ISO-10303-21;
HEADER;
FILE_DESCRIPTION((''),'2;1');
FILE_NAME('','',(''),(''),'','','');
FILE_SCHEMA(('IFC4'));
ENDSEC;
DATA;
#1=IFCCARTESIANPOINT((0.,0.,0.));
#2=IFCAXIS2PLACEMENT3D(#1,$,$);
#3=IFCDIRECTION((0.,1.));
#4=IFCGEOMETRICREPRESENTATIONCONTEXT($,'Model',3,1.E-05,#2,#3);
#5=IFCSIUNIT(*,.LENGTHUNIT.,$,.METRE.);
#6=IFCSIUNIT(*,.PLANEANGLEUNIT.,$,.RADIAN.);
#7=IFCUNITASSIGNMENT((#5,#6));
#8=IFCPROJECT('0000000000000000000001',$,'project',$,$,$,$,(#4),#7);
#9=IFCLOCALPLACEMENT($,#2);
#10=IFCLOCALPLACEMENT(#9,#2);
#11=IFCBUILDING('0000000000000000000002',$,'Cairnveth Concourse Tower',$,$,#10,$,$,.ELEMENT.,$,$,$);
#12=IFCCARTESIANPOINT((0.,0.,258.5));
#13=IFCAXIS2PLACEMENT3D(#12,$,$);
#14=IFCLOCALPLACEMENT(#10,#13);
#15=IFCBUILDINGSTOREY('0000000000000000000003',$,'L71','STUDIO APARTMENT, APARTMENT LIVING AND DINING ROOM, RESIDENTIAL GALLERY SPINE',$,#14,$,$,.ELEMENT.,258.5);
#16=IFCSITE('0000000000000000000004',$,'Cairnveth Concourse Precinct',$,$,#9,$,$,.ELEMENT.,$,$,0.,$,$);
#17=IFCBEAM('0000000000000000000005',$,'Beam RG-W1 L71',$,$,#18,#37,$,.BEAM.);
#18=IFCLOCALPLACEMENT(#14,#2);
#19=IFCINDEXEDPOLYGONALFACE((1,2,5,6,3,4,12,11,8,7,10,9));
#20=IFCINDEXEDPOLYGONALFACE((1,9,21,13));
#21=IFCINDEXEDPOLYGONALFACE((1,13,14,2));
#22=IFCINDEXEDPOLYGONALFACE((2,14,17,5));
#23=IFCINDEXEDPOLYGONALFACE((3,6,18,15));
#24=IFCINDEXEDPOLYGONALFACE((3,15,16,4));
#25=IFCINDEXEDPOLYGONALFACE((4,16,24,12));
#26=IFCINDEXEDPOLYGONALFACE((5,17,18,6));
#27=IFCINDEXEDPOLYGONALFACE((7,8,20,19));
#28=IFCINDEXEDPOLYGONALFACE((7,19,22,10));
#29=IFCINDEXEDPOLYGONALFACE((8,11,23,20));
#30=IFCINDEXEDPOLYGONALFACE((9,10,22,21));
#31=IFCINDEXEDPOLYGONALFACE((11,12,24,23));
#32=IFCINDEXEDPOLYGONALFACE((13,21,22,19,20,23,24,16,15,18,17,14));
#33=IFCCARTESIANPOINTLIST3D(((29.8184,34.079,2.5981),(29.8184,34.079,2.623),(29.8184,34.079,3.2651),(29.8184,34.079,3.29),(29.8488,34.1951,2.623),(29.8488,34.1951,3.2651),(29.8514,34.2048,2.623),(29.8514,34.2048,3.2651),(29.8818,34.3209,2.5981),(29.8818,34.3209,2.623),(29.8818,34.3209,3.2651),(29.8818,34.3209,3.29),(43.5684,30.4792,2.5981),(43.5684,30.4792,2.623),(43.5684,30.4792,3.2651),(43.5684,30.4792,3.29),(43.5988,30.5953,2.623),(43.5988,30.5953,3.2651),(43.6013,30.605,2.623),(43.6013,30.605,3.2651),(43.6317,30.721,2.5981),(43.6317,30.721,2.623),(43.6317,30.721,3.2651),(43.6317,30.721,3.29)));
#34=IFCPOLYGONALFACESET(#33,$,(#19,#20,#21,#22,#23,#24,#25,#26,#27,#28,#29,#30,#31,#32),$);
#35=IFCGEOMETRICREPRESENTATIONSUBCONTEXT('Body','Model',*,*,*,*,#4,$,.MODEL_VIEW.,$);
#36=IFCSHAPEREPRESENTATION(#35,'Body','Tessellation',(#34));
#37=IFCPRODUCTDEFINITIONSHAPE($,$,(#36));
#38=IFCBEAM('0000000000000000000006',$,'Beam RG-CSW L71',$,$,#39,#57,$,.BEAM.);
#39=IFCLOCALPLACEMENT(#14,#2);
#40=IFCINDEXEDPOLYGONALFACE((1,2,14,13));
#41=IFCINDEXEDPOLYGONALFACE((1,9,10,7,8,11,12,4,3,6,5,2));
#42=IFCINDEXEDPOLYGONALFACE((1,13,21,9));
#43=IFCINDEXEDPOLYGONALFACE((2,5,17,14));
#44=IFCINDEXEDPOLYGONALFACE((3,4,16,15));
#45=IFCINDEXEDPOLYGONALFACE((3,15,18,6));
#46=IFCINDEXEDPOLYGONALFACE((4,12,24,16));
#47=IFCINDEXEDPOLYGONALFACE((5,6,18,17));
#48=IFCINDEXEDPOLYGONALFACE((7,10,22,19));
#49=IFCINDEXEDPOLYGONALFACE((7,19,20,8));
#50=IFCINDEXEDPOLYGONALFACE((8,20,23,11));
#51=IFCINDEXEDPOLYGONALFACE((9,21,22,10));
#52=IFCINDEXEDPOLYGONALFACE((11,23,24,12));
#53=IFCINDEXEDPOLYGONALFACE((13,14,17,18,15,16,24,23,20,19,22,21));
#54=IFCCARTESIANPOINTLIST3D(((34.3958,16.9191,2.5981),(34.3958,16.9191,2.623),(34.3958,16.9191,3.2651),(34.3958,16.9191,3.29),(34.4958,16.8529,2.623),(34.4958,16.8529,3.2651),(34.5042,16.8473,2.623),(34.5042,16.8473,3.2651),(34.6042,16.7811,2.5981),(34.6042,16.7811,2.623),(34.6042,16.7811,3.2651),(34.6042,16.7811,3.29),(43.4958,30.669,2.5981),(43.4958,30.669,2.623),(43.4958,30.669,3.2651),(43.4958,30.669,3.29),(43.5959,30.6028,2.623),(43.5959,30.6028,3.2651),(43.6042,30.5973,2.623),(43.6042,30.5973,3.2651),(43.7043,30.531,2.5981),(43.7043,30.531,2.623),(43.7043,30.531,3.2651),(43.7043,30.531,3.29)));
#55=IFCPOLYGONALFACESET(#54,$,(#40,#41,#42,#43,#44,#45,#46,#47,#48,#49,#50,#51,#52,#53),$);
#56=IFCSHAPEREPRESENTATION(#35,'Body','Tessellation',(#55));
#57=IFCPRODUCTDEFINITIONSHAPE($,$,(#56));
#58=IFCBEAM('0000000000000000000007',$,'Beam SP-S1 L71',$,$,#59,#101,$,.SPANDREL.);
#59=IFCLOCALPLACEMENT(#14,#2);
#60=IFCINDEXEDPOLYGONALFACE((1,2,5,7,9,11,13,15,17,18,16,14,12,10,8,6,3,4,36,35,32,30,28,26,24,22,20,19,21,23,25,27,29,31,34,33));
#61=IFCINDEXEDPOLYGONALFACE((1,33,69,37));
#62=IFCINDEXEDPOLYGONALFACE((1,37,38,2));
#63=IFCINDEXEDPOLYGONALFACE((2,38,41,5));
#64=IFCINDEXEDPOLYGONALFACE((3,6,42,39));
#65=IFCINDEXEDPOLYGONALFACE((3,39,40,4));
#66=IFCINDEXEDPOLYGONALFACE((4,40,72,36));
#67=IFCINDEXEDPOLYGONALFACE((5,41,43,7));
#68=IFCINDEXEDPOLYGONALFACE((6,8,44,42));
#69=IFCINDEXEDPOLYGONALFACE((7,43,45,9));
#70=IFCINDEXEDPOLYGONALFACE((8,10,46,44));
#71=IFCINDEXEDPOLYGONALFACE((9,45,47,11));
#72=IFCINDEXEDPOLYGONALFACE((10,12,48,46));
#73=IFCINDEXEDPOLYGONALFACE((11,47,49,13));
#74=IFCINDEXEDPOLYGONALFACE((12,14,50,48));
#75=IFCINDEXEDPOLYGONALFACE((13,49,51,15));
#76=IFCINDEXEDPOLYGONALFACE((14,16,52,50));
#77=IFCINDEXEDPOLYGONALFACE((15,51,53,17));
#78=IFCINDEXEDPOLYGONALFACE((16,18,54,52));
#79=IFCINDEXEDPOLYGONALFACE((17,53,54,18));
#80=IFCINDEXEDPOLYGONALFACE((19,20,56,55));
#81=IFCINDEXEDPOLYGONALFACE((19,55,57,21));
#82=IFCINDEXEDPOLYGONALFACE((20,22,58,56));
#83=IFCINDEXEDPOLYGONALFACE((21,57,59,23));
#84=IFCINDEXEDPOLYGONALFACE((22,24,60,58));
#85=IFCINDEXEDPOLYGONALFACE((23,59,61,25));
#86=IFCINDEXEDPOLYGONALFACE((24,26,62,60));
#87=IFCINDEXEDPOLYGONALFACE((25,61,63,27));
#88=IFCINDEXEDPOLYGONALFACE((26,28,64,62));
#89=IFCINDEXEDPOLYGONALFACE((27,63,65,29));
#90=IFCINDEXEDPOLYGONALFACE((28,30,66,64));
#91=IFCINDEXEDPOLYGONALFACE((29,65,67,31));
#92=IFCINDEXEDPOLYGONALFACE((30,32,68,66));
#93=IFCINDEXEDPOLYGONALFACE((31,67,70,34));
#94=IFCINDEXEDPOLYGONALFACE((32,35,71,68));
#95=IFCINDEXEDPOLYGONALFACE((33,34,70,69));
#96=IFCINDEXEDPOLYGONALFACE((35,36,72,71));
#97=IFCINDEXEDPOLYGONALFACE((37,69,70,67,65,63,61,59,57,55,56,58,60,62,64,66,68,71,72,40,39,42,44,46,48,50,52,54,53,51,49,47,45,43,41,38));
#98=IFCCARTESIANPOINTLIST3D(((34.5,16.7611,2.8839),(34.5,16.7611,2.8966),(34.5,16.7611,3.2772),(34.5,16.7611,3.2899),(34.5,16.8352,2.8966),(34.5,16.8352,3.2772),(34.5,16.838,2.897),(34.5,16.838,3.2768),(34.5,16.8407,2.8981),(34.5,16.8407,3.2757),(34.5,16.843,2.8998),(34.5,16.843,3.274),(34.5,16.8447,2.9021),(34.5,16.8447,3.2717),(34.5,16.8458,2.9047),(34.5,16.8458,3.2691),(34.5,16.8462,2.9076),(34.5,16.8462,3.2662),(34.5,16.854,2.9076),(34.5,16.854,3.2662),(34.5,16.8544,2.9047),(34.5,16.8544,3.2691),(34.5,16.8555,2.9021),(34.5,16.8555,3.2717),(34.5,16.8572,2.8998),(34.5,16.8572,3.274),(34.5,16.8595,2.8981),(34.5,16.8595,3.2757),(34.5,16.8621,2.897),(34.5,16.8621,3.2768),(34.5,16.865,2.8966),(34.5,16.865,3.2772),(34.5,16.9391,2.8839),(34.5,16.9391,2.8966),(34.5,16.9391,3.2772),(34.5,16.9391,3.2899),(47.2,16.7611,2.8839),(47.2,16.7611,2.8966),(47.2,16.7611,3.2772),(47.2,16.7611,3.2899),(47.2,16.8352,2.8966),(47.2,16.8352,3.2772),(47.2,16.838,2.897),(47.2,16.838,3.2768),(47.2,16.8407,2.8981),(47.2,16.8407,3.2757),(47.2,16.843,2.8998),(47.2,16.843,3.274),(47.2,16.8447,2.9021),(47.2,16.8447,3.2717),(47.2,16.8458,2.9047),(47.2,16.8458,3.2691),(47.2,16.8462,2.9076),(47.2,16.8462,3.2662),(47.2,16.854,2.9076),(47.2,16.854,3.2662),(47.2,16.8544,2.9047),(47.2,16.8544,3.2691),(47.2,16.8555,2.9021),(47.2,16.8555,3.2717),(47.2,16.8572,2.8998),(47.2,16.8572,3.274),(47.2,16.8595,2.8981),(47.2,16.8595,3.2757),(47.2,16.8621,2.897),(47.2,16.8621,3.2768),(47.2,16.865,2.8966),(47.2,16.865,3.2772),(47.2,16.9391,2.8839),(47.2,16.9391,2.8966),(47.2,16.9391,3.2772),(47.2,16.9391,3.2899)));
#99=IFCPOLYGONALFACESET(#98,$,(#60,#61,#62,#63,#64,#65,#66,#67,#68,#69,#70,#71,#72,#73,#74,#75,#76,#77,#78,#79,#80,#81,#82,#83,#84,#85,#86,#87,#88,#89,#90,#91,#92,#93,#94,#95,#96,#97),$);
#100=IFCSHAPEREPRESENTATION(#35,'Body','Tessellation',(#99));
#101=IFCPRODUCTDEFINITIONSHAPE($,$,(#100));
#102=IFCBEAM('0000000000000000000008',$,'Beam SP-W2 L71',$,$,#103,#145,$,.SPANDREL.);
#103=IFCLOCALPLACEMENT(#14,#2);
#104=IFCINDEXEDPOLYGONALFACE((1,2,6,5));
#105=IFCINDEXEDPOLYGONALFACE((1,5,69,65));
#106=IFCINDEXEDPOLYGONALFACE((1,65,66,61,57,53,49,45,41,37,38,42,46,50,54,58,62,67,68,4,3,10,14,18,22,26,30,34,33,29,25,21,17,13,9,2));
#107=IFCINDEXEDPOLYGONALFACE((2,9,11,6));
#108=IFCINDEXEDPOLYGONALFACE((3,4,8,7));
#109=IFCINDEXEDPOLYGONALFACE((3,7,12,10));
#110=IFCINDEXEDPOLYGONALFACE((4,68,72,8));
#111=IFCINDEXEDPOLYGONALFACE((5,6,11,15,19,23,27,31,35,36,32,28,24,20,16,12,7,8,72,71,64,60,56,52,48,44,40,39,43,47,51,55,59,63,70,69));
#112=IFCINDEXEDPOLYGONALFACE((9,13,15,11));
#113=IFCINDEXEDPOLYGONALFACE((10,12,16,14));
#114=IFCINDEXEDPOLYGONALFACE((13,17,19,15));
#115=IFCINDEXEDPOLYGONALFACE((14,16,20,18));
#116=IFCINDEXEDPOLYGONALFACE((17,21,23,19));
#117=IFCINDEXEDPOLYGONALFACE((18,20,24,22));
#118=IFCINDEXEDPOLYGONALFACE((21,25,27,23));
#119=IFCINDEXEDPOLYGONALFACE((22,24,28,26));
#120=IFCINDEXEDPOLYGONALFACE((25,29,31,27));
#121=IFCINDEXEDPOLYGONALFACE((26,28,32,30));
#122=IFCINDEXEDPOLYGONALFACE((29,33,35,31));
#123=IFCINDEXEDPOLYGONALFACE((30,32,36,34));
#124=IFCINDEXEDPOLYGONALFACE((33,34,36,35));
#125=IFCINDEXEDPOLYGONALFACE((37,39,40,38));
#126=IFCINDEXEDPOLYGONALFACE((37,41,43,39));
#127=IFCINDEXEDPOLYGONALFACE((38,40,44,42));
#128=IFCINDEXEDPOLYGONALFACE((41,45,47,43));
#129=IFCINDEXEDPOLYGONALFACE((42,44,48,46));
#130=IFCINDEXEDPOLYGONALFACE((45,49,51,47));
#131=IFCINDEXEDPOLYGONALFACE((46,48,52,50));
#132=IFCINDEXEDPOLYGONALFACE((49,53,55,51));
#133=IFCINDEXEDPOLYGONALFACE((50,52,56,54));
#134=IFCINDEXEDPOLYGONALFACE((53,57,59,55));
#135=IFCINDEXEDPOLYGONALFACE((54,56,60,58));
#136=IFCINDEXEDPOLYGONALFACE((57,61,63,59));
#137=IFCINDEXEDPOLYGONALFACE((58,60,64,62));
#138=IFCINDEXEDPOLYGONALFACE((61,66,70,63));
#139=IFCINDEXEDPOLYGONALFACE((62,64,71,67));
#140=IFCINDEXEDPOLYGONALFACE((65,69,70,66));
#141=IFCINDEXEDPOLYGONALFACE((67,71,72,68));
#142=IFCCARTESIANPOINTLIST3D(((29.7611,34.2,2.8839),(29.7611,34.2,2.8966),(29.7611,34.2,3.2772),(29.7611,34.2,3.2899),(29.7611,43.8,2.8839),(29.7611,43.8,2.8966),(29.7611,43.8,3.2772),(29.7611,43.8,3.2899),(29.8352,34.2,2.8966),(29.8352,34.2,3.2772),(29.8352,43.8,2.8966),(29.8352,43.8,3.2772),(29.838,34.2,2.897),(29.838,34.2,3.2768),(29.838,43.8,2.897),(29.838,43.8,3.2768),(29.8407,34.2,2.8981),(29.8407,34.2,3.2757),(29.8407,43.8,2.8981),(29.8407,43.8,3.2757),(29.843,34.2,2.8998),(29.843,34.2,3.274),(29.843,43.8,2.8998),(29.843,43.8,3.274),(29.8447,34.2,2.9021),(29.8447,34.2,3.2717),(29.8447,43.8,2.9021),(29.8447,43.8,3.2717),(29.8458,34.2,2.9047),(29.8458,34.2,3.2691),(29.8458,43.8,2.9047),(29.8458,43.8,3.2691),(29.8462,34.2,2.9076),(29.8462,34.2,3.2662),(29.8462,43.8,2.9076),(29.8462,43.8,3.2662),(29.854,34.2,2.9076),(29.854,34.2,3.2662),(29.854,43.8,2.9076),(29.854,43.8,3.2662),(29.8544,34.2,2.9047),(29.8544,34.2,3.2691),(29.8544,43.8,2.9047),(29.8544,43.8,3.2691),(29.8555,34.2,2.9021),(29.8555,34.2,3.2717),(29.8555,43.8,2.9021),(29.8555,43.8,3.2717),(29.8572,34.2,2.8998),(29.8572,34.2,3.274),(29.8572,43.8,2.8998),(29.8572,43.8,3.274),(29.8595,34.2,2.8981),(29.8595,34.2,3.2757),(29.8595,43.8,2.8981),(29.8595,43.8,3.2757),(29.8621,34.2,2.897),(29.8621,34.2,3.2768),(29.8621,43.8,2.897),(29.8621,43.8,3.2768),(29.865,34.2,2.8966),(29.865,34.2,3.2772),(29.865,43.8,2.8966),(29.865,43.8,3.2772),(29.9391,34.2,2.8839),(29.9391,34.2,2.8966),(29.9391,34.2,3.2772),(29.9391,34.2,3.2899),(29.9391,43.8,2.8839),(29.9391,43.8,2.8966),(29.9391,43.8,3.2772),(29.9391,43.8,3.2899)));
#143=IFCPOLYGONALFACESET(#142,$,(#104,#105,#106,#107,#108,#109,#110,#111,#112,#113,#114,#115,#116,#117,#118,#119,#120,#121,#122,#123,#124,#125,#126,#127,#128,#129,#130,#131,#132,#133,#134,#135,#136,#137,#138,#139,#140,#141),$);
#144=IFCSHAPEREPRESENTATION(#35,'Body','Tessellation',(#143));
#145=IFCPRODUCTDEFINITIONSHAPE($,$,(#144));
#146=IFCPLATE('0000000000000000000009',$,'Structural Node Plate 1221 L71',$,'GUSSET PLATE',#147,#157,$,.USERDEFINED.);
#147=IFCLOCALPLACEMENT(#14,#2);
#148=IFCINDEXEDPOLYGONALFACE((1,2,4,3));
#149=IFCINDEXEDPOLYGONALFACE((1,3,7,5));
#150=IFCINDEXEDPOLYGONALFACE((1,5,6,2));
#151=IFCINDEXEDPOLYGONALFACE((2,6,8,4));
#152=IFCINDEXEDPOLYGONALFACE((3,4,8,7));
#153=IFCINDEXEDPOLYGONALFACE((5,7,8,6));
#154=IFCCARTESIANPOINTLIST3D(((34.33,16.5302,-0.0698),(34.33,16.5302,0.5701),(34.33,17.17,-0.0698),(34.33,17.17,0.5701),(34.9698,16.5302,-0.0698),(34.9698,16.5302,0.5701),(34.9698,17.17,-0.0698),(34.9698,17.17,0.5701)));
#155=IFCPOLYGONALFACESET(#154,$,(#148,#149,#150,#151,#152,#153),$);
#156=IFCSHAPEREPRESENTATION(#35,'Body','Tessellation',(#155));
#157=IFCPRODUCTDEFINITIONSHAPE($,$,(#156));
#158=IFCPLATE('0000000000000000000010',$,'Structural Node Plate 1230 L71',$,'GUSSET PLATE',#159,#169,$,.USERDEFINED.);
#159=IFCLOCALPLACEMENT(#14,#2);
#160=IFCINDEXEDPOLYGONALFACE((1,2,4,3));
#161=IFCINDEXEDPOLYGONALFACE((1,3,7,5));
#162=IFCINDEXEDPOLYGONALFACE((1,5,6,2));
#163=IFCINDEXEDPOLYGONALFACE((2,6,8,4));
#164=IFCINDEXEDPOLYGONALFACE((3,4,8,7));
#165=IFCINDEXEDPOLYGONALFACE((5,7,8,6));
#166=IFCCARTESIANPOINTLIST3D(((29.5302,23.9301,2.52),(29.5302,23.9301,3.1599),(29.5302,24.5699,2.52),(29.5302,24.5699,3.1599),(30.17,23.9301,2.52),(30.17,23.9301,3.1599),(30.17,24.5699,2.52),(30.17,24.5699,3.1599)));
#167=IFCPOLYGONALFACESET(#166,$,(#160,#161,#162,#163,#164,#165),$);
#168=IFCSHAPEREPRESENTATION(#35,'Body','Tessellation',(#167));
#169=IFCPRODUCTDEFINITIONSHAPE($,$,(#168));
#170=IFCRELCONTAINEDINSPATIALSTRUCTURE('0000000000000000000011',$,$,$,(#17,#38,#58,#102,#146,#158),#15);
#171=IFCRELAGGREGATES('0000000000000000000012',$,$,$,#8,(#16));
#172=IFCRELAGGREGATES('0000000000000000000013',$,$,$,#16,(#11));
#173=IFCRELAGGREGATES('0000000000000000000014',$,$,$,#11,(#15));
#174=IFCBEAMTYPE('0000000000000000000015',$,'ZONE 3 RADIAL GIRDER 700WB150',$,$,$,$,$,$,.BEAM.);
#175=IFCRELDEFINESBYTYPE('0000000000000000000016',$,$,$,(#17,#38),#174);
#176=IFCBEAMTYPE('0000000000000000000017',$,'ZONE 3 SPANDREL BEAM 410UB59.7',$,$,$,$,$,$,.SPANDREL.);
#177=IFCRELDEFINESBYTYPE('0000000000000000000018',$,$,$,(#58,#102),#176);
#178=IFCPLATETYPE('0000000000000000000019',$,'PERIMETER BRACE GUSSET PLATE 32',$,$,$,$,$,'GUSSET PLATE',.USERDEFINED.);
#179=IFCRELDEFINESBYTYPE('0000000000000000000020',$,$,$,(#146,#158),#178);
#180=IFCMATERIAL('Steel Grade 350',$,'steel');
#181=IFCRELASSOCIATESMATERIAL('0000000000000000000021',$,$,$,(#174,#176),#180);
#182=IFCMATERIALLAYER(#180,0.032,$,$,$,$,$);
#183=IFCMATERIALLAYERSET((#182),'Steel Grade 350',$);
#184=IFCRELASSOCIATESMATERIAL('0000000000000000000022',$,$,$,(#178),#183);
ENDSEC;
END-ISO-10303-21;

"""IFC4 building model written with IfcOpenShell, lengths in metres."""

from ifc_helpers import new_model, si_unit, direction, frame, origin, origin_2d, place, context, subcontext, project, spatial, rectangle, i_section, extrude, material, layer, layer_set, material_profile, profile_set, type_object, element, save


model = new_model("IFC4")

# Units and contexts
model_context = context("Model", 3, precision=1e-05, world=origin(), true_north=direction((0.0, 1.0)))
body_context = subcontext(model_context, "Body", "Model", "MODEL_VIEW")
ifc_project = project(units=[si_unit("LENGTHUNIT", "METRE"), si_unit("PLANEANGLEUNIT", "RADIAN")], contexts=[model_context])

# Site, building, storey
site_placement = place(None, origin())
site = spatial("IfcSite", under=ifc_project, at=site_placement, Name="Cairnveth Concourse Precinct", CompositionType="ELEMENT", RefElevation=0.0)
building_placement = place(site_placement, origin())
building = spatial("IfcBuilding", under=site, at=building_placement, Name="Cairnveth Concourse Tower", CompositionType="ELEMENT")
storey_placement = place(building_placement, frame((0.0, 0.0, 258.5)))
storey = spatial("IfcBuildingStorey", under=building, at=storey_placement, Name="L71", Description="STUDIO APARTMENT, APARTMENT LIVING AND DINING ROOM, RESIDENTIAL GALLERY SPINE", CompositionType="ELEMENT", Elevation=258.5)

# Shared definitions
ifc_material_1 = material(Name="Steel Grade 350", Category="steel")

# Beams
ifc_material_profile_1 = material_profile(ifc_material_1, i_section(OverallWidth=0.25, OverallDepth=0.6919, WebThickness=0.01, FlangeThickness=0.0249, at=origin_2d()), Name="700WB150")
ifc_profile_set_1 = profile_set([ifc_material_profile_1], Name="Steel Grade 350")
beam_type_1 = type_object("IfcBeamType", Name="ZONE 3 RADIAL GIRDER 700WB150", PredefinedType="BEAM", material=ifc_profile_set_1)
beam_1_placement = place(storey_placement, frame((29.8501, 34.2, 2.9441), z_axis=(0.967395, -0.253271, 0.0), x_axis=(0.253271, 0.967395, 0.0)))
element("IfcBeam", 1, at=beam_1_placement, inside=storey, type_object=beam_type_1, Name="Beam RG-W1 L71", PredefinedType="BEAM", context=body_context, shape_type="SweptSolid", body=[
    extrude(i_section(OverallWidth=0.25, OverallDepth=0.6919, WebThickness=0.01, FlangeThickness=0.0249, at=origin_2d()), origin(), (0.0, 0.0, 1.0), 14.2134),
])
beam_2_placement = place(storey_placement, frame((34.5, 16.8501, 2.9441), z_axis=(0.551902, 0.833909, 0.0), x_axis=(-0.833909, 0.551902, 0.0)))
element("IfcBeam", 2, at=beam_2_placement, inside=storey, type_object=beam_type_1, Name="Beam RG-CSW L71", PredefinedType="BEAM", context=body_context, shape_type="SweptSolid", body=[
    extrude(i_section(OverallWidth=0.25, OverallDepth=0.6919, WebThickness=0.01, FlangeThickness=0.0249, at=origin_2d()), origin(), (0.0, 0.0, 1.0), 16.4885),
])
ifc_material_profile_2 = material_profile(ifc_material_1, i_section(OverallWidth=0.178, OverallDepth=0.406, WebThickness=0.0078, FlangeThickness=0.0127, FilletRadius=0.011, at=origin_2d()), Name="410UB59.7")
ifc_profile_set_2 = profile_set([ifc_material_profile_2], Name="Steel Grade 350")
beam_type_2 = type_object("IfcBeamType", Name="ZONE 3 SPANDREL BEAM 410UB59.7", PredefinedType="SPANDREL", material=ifc_profile_set_2)
beam_3_placement = place(storey_placement, frame((34.5, 16.8501, 3.0869), z_axis=(1.0, 0.0, 0.0), x_axis=(0.0, 1.0, 0.0)))
element("IfcBeam", 3, at=beam_3_placement, inside=storey, type_object=beam_type_2, Name="Beam SP-S1 L71", PredefinedType="SPANDREL", context=body_context, shape_type="SweptSolid", body=[
    extrude(i_section(OverallWidth=0.178, OverallDepth=0.406, WebThickness=0.0078, FlangeThickness=0.0127, FilletRadius=0.011, at=origin_2d()), origin(), (0.0, 0.0, 1.0), 12.7),
])
beam_4_placement = place(storey_placement, frame((29.8501, 34.2, 3.0869), z_axis=(0.0, 1.0, 0.0), x_axis=(-1.0, 0.0, 0.0)))
element("IfcBeam", 4, at=beam_4_placement, inside=storey, type_object=beam_type_2, Name="Beam SP-W2 L71", PredefinedType="SPANDREL", context=body_context, shape_type="SweptSolid", body=[
    extrude(i_section(OverallWidth=0.178, OverallDepth=0.406, WebThickness=0.0078, FlangeThickness=0.0127, FilletRadius=0.011, at=origin_2d()), origin(), (0.0, 0.0, 1.0), 9.6001),
])

# Plates
ifc_layer_1 = layer(ifc_material_1, 0.032)
ifc_layer_set_1 = layer_set([ifc_layer_1], Name="Steel Grade 350")
plate_type = type_object("IfcPlateType", Name="PERIMETER BRACE GUSSET PLATE 32", ElementType="GUSSET PLATE", PredefinedType="USERDEFINED", material=ifc_layer_set_1)
for number, where, z_axis, x_axis, name in (
    (5, (34.6499, 16.8501, -0.0698), (0.0, 0.0, 1.0), (1.0, 0.0, 0.0), "Structural Node Plate 1221 L71"),
    (6, (29.8501, 24.25, 2.52), (0.0, 0.0, 1.0), (1.0, 0.0, 0.0), "Structural Node Plate 1230 L71"),
):
    element("IfcPlate", number, at=place(storey_placement, frame(where, z_axis=z_axis, x_axis=x_axis)), inside=storey, type_object=plate_type, Name=name, ObjectType="GUSSET PLATE", PredefinedType="USERDEFINED", context=body_context, shape_type="SweptSolid", body=[
        extrude(rectangle(XDim=0.6399, YDim=0.6399, at=origin_2d()), origin(), (0.0, 0.0, 1.0), 0.6399),
    ])

save(model, "model.ifc")
